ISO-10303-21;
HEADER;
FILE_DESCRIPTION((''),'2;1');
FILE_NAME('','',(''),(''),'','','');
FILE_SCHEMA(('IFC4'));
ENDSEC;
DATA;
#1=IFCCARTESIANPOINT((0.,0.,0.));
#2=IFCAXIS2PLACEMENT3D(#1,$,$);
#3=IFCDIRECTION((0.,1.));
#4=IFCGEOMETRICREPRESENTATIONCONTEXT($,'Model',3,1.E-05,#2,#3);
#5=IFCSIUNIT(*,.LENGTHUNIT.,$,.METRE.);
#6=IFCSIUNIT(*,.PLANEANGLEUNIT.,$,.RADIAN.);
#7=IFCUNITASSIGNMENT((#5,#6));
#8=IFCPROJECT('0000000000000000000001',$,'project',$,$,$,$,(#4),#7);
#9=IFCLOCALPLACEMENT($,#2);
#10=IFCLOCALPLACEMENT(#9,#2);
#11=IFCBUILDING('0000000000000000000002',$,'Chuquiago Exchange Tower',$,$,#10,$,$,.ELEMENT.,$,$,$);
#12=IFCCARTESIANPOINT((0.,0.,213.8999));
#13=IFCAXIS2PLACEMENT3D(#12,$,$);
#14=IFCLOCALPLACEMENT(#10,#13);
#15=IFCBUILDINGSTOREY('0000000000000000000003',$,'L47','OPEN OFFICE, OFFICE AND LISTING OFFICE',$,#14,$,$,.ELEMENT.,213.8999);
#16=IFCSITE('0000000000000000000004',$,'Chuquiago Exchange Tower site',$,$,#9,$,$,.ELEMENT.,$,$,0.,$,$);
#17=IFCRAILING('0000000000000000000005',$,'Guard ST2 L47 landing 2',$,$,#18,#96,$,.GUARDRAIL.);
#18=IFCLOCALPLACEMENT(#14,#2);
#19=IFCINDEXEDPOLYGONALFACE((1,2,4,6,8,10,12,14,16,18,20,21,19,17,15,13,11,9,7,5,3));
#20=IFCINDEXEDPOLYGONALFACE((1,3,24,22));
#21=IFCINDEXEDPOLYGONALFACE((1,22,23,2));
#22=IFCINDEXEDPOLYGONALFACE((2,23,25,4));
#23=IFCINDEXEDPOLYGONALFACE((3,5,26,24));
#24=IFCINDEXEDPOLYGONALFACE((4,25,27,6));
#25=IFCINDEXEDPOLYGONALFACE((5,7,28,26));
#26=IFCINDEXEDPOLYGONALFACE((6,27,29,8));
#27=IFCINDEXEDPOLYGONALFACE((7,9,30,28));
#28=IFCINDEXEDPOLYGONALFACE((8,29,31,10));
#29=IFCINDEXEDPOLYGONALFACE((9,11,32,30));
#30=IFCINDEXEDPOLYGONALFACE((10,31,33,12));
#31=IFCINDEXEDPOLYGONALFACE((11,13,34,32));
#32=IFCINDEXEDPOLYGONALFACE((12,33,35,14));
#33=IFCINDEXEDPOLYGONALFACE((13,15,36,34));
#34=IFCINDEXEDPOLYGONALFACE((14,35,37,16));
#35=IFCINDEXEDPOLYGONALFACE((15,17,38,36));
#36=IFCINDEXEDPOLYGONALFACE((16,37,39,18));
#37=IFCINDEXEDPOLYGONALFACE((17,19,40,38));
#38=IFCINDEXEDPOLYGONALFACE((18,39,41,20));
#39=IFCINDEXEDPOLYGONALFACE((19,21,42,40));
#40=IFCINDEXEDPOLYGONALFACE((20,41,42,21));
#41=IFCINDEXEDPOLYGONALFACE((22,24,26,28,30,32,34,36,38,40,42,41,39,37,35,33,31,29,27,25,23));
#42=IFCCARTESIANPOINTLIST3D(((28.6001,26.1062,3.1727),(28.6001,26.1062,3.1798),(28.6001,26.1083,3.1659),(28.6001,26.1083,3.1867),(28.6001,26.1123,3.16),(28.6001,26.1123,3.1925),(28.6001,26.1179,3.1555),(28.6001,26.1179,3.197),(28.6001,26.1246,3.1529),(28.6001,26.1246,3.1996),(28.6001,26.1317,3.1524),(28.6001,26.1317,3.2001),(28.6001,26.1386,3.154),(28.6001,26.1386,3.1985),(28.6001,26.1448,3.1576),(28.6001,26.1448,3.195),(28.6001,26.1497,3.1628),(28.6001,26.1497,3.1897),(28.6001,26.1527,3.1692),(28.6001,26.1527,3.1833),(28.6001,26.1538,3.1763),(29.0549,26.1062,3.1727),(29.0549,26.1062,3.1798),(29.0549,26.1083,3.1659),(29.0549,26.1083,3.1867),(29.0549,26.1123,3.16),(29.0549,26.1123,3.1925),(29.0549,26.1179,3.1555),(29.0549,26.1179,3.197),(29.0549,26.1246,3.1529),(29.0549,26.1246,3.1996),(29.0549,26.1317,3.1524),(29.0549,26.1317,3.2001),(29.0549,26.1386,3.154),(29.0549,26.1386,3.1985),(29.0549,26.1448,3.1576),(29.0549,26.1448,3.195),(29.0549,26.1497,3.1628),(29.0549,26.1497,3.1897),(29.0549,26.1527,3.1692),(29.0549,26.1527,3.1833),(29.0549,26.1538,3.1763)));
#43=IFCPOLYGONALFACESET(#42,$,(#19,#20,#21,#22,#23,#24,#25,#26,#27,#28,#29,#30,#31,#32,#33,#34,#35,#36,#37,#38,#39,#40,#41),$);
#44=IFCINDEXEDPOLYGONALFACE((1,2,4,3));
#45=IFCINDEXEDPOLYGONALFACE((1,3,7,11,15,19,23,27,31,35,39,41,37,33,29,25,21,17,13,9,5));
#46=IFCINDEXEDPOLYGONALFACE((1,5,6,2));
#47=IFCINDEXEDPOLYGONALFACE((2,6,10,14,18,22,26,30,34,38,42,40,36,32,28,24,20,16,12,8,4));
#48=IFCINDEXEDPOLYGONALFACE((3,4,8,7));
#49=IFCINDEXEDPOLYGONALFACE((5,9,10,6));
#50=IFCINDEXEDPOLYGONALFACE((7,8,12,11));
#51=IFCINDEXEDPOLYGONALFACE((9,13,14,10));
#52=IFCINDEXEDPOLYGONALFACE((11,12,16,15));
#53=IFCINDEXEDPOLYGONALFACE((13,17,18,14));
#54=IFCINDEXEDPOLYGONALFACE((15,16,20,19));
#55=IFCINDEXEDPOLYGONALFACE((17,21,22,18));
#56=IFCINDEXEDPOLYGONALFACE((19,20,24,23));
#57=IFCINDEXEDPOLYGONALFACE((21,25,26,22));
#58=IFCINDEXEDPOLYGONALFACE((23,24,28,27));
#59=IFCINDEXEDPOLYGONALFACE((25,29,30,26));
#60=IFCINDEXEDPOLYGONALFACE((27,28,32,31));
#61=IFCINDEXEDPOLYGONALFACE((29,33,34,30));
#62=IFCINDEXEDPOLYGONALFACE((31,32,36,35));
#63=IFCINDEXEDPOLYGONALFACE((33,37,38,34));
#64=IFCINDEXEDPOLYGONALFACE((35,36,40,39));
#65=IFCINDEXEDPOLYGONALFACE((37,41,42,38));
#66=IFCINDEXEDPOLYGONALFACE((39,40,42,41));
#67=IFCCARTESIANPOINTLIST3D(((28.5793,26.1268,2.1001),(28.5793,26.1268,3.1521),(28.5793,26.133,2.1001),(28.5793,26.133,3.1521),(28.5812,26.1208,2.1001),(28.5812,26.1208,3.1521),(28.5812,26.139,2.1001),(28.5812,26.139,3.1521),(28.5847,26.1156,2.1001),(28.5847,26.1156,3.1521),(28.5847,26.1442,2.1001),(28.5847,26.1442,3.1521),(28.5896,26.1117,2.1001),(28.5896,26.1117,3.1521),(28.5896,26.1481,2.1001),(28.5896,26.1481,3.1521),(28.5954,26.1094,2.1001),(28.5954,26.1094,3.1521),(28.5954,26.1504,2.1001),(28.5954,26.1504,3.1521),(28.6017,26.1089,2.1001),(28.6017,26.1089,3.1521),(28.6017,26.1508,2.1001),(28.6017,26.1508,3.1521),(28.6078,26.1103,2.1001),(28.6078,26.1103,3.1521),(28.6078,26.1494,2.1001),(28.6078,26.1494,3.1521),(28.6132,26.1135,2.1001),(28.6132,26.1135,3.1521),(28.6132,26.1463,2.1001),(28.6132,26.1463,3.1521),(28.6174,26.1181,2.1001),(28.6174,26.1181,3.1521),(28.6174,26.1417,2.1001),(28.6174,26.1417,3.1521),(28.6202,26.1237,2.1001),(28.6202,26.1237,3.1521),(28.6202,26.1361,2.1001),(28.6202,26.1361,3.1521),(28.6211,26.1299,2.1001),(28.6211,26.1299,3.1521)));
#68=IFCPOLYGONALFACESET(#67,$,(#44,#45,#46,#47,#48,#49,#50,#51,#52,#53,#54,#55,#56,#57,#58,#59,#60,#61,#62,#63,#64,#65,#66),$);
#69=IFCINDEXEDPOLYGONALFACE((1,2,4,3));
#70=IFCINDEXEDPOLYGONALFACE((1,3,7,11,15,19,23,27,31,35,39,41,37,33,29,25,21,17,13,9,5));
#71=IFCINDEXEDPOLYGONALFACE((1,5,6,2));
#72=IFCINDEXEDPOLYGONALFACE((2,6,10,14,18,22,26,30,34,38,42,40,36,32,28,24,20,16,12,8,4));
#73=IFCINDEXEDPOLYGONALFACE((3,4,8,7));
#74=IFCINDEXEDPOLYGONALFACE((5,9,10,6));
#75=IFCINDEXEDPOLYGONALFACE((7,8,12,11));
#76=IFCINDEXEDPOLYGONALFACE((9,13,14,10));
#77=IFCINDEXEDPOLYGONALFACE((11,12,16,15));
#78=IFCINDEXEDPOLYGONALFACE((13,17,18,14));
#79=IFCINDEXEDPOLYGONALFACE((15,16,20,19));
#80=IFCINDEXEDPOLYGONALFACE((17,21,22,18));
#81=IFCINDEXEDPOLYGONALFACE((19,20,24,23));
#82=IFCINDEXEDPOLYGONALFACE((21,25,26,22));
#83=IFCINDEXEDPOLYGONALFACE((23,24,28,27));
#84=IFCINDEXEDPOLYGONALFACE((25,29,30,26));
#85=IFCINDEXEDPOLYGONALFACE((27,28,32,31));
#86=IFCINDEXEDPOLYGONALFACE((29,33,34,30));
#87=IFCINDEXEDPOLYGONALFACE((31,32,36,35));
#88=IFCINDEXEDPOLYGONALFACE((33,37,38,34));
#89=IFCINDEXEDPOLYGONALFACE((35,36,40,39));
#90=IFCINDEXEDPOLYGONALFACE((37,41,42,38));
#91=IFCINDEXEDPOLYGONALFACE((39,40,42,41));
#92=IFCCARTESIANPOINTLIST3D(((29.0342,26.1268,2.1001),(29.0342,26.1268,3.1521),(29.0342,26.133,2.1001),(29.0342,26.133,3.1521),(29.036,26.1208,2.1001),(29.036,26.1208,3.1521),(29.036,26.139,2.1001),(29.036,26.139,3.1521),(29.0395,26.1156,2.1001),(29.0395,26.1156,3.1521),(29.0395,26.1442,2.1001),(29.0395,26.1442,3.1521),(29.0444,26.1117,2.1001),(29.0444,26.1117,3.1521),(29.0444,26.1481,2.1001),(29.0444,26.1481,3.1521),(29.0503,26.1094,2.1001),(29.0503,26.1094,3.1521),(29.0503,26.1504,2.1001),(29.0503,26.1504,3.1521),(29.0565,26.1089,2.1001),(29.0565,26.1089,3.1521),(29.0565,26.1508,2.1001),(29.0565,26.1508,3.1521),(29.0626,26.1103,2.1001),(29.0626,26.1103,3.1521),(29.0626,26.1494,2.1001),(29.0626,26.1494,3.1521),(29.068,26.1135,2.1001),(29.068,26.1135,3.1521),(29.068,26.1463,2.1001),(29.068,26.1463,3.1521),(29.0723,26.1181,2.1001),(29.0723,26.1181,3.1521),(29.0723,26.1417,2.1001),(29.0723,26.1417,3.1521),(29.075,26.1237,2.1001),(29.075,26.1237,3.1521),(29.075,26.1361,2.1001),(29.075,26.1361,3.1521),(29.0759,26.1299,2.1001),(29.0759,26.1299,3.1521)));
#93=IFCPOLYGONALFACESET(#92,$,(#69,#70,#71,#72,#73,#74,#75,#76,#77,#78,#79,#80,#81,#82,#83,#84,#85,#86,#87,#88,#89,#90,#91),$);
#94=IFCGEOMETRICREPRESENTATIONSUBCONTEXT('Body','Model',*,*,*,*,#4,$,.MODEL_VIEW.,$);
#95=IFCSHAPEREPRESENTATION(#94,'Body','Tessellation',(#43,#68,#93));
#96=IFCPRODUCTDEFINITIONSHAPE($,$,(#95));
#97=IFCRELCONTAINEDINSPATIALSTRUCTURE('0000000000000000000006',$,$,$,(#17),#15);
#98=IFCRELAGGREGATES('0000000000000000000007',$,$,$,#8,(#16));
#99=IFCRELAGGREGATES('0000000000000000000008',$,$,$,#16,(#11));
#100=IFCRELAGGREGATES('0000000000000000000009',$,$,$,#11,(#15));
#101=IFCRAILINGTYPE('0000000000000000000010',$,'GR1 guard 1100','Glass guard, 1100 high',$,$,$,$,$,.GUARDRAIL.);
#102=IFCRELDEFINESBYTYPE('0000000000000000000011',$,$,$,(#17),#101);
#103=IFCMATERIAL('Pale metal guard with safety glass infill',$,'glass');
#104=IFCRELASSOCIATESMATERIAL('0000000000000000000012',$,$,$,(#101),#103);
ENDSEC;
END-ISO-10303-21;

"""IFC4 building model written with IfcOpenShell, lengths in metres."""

from ifc_helpers import new_model, si_unit, direction, frame, origin, origin_2d, place, context, subcontext, project, spatial, circle, extrude, material, type_object, element, save


model = new_model("IFC4")

# Units and contexts
model_context = context("Model", 3, precision=1e-05, world=origin(), true_north=direction((0.0, 1.0)))
body_context = subcontext(model_context, "Body", "Model", "MODEL_VIEW")
ifc_project = project(units=[si_unit("LENGTHUNIT", "METRE"), si_unit("PLANEANGLEUNIT", "RADIAN")], contexts=[model_context])

# Site, building, storey
site_placement = place(None, origin())
site = spatial("IfcSite", under=ifc_project, at=site_placement, Name="Chuquiago Exchange Tower site", CompositionType="ELEMENT", RefElevation=0.0)
building_placement = place(site_placement, origin())
building = spatial("IfcBuilding", under=site, at=building_placement, Name="Chuquiago Exchange Tower", CompositionType="ELEMENT")
storey_placement = place(building_placement, frame((0.0, 0.0, 213.8999)))
storey = spatial("IfcBuildingStorey", under=building, at=storey_placement, Name="L47", Description="OPEN OFFICE, OFFICE AND LISTING OFFICE", CompositionType="ELEMENT", Elevation=213.8999)

# Railing
ifc_material_1 = material(Name="Pale metal guard with safety glass infill", Category="glass")
railing_type_1 = type_object("IfcRailingType", Name="GR1 guard 1100", Description="Glass guard, 1100 high", PredefinedType="GUARDRAIL", material=ifc_material_1)
railing_1_placement = place(storey_placement, frame((28.6001, 26.1299, 2.1001)))
element("IfcRailing", 1, at=railing_1_placement, inside=storey, type_object=railing_type_1, Name="Guard ST2 L47 landing 2", PredefinedType="GUARDRAIL", context=body_context, shape_type="SweptSolid", body=[
    extrude(circle(Radius=0.0239, at=origin_2d()), frame((0.0, 0.0, 1.0762), z_axis=(1.0, 0.0, 0.0), x_axis=(0.0, 1.0, 0.0)), (0.0, 0.0, 1.0), 0.4548),
    extrude(circle(Radius=0.021, at=origin_2d()), origin(), (0.0, 0.0, 1.0), 1.052),
    extrude(circle(Radius=0.021, at=origin_2d()), frame((0.4548, 0.0, 0.0)), (0.0, 0.0, 1.0), 1.052),
])

save(model, "model.ifc")
